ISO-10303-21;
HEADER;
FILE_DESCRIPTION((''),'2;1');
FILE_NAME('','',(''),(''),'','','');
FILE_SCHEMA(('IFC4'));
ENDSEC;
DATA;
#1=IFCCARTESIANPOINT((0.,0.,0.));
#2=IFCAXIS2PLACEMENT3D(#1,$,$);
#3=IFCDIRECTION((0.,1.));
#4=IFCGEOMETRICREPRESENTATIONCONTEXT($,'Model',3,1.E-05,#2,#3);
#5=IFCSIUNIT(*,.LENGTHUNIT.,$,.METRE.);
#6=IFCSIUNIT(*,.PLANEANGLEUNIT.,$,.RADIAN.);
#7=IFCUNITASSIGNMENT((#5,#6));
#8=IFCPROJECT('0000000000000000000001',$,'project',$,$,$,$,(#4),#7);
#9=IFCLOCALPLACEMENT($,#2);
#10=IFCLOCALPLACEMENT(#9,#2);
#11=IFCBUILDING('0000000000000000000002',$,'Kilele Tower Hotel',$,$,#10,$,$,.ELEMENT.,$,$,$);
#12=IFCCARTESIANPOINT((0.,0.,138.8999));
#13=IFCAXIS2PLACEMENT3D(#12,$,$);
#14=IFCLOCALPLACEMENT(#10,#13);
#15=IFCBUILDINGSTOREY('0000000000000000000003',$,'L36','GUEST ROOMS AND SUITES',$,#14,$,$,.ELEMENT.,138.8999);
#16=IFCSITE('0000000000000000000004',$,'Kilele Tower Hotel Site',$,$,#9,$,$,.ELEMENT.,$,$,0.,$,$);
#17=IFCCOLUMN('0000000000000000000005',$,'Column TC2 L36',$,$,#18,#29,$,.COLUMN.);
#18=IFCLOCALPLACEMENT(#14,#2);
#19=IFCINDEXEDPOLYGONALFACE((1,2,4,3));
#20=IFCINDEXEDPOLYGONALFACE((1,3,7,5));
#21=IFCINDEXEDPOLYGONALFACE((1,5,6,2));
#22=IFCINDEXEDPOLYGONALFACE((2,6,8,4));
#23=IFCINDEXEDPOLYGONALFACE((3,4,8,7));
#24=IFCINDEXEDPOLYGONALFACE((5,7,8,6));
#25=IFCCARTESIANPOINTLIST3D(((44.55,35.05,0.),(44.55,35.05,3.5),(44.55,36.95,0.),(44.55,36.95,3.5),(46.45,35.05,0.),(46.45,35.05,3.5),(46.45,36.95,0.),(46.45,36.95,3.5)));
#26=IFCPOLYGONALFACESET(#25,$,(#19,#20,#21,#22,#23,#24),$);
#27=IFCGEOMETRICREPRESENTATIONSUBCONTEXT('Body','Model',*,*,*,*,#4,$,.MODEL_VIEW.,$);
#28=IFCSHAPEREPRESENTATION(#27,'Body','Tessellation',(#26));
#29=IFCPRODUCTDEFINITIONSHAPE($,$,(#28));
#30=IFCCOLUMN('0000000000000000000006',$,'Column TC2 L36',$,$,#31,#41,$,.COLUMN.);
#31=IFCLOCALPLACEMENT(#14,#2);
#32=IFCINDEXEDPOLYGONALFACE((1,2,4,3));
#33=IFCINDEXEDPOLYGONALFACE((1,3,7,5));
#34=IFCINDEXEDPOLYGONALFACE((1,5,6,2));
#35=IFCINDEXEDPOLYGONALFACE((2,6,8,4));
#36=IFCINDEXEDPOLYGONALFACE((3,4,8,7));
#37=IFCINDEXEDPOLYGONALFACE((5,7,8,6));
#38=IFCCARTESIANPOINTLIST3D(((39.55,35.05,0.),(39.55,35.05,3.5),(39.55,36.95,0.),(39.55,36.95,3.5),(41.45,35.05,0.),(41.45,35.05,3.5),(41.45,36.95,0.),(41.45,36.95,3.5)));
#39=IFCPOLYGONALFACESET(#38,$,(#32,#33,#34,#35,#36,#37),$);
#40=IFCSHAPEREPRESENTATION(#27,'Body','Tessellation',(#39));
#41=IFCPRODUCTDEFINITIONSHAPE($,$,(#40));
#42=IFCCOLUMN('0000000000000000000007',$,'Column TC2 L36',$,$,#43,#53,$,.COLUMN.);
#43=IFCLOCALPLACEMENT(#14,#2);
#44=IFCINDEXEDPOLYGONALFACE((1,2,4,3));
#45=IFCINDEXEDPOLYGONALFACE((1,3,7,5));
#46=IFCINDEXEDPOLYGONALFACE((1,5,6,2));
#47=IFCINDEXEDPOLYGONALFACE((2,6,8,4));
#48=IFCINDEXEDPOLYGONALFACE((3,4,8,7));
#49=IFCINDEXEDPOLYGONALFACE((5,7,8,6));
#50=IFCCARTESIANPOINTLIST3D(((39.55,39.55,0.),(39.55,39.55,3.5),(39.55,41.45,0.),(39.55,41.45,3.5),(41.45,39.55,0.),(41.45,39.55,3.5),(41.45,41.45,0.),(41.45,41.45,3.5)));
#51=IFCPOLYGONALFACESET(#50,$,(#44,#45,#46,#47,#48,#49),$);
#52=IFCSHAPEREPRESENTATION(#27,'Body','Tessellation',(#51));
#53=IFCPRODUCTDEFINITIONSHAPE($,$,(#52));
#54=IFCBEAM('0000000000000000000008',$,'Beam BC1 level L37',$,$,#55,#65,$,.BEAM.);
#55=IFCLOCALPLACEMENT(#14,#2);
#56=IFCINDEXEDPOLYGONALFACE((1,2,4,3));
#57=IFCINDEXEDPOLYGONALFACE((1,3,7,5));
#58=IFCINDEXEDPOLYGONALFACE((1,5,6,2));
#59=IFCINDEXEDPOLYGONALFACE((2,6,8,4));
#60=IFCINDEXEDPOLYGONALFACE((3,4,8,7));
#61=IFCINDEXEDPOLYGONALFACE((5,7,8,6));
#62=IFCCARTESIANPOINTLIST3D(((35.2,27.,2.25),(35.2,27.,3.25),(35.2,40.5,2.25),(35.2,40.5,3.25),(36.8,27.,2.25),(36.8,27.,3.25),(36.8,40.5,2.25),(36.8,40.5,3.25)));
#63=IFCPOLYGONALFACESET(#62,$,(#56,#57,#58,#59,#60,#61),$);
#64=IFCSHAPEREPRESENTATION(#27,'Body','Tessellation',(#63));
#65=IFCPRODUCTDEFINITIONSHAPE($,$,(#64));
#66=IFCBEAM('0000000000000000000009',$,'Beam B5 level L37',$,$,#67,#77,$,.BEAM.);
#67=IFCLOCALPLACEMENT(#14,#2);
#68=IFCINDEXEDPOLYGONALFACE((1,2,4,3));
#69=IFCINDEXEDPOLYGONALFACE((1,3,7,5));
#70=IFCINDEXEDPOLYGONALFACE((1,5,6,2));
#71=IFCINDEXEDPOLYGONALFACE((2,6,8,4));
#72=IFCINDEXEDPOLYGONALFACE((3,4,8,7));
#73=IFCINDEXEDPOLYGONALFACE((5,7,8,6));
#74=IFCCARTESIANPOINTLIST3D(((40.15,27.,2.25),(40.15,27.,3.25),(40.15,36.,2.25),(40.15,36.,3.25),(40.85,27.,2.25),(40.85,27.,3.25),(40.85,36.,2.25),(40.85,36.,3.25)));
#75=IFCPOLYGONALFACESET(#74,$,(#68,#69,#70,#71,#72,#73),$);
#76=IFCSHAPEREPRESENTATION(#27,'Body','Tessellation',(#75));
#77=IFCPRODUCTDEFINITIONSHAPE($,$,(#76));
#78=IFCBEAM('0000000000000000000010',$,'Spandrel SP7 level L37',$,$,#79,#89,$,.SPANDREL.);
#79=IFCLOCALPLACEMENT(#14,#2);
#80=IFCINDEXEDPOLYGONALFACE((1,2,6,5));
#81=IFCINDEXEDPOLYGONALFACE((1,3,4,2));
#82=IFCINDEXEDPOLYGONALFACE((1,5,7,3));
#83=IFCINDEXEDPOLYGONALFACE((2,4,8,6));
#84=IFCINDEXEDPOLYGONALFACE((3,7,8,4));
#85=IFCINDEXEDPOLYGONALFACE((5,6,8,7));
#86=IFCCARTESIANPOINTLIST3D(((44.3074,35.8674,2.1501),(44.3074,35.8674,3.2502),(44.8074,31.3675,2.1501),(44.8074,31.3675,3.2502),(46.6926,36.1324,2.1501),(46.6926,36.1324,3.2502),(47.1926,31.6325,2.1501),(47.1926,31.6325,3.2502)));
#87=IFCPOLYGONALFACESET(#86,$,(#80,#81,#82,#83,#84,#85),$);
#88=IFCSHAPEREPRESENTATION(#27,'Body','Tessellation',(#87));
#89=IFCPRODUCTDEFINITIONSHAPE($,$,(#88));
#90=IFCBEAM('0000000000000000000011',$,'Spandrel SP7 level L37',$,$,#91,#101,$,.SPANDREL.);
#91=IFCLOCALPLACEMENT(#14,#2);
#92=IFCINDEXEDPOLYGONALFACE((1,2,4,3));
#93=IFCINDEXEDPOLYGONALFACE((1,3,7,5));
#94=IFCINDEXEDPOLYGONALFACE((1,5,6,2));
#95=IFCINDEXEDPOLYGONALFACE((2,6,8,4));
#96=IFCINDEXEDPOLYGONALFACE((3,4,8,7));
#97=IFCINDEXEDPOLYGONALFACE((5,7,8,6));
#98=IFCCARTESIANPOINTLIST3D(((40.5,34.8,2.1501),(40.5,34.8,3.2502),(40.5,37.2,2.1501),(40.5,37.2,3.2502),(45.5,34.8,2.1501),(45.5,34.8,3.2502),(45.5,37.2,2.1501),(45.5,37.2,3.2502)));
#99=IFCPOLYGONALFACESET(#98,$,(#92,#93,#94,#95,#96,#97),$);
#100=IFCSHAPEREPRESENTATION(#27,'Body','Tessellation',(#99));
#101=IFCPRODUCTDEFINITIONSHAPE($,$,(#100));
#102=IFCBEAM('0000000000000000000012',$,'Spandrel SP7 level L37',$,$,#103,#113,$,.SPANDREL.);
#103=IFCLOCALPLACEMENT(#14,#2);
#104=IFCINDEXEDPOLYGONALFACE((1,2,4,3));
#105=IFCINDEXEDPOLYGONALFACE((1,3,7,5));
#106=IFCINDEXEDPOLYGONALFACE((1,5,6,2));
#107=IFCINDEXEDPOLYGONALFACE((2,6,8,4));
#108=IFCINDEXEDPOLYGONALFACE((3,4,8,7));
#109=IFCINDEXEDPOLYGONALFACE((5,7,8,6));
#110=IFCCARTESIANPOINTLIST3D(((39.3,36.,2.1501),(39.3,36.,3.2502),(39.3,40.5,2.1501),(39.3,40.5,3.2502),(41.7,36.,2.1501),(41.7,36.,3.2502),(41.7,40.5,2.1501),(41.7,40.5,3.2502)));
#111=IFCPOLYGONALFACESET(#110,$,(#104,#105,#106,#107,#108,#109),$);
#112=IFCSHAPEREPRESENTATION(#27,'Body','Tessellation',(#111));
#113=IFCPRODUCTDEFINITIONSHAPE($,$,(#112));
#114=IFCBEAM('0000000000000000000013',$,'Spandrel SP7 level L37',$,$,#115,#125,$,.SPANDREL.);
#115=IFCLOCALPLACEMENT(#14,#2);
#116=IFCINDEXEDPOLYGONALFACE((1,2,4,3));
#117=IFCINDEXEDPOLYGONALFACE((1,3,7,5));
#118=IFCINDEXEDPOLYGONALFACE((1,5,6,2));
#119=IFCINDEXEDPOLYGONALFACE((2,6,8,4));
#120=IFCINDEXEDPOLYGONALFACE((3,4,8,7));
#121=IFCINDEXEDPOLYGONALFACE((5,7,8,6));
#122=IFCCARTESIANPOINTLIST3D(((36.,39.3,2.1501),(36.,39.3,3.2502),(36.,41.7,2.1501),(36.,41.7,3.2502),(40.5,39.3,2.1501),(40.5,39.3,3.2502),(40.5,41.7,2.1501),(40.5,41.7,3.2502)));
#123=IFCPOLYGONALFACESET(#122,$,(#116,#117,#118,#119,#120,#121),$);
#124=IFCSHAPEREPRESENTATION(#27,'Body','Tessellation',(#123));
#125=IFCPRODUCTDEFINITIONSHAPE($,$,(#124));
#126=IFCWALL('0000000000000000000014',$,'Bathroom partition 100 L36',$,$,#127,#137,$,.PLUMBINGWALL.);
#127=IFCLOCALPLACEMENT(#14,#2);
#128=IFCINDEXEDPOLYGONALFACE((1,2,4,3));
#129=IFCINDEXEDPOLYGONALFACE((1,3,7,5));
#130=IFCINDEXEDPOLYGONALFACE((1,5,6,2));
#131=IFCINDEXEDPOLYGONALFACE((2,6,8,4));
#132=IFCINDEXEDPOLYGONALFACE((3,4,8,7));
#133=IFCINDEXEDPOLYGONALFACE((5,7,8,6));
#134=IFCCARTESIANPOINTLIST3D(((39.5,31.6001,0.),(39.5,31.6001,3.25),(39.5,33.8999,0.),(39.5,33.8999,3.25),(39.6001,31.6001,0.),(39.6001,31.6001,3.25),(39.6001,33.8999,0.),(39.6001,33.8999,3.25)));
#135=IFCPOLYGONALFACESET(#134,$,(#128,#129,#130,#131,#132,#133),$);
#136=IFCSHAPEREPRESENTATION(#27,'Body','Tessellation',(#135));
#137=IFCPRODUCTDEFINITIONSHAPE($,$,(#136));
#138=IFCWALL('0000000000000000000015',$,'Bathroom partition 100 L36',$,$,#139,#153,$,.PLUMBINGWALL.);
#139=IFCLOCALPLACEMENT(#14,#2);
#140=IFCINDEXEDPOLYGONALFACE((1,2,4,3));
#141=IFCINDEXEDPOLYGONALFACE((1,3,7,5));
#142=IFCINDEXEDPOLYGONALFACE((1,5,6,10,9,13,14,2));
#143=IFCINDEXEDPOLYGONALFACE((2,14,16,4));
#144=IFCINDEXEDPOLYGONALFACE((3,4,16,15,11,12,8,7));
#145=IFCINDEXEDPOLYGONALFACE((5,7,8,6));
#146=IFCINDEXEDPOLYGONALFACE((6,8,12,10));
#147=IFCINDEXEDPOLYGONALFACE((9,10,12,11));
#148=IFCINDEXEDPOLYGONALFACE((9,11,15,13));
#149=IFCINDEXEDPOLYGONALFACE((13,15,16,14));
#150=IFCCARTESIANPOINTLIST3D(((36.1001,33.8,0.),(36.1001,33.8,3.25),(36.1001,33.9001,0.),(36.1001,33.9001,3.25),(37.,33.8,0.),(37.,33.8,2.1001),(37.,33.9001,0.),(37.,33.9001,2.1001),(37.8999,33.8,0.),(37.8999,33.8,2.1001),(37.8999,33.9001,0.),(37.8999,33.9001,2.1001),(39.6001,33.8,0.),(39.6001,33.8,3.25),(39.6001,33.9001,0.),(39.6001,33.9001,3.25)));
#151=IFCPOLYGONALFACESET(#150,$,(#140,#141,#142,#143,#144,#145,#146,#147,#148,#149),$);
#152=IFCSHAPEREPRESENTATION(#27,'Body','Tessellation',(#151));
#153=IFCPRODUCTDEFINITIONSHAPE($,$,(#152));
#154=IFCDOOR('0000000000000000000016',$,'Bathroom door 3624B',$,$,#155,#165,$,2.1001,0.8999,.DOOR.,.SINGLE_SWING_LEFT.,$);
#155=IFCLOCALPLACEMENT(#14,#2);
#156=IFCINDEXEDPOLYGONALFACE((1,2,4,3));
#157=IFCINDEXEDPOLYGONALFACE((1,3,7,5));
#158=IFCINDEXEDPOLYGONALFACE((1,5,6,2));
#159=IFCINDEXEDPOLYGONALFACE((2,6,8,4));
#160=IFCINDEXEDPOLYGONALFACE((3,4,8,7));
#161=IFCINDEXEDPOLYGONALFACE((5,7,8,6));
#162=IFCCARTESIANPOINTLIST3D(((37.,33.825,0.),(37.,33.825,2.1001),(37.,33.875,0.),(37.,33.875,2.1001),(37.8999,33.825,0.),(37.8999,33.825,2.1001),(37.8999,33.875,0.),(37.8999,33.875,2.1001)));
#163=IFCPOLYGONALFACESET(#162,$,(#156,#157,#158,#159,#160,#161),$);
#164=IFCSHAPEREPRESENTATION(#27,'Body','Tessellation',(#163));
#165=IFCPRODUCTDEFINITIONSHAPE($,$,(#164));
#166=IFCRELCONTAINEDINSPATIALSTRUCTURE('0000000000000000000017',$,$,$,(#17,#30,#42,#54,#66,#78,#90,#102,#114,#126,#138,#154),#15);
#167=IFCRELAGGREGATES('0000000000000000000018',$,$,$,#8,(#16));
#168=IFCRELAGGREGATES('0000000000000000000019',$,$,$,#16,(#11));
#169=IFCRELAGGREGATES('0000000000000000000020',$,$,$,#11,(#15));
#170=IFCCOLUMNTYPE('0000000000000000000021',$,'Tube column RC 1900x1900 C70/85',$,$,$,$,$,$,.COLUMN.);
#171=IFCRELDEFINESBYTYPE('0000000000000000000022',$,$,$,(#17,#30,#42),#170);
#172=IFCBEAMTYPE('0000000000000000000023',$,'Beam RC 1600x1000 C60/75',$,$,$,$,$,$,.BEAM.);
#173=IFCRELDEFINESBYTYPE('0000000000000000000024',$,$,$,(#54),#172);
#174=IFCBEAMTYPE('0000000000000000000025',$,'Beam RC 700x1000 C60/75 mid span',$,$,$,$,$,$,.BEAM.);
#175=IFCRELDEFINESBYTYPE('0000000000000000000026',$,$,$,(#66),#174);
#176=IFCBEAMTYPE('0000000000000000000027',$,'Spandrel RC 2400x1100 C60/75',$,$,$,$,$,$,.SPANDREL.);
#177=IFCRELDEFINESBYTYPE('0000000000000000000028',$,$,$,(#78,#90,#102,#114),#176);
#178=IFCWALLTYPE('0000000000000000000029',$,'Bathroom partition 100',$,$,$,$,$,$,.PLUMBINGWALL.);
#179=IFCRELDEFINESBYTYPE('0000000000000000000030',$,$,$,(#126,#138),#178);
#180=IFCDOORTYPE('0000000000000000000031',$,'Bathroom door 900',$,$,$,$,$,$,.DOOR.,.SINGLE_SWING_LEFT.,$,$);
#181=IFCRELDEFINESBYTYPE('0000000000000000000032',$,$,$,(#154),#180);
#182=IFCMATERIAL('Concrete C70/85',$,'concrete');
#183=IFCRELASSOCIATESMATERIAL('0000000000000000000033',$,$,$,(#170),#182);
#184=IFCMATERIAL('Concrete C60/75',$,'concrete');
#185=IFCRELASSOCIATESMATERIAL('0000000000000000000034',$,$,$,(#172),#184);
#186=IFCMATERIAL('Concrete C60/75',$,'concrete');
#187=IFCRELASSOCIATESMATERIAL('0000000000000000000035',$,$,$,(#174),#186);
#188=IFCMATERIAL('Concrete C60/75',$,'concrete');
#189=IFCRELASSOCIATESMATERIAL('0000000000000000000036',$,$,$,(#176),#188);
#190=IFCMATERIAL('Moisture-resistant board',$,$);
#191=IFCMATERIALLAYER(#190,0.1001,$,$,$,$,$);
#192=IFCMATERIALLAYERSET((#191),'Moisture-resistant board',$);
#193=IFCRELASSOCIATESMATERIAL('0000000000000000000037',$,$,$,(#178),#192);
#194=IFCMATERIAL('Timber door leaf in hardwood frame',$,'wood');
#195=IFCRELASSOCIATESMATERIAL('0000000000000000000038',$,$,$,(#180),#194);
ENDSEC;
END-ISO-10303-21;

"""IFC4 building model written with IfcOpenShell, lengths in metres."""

from ifc_helpers import new_model, si_unit, direction, frame, frame_2d, origin, origin_2d, place, context, subcontext, project, spatial, rectangle, extrude, material, layer, layer_set, material_profile, profile_set, type_object, element, fill, save


model = new_model("IFC4")

# Units and contexts
model_context = context("Model", 3, precision=1e-05, world=origin(), true_north=direction((0.0, 1.0)))
body_context = subcontext(model_context, "Body", "Model", "MODEL_VIEW")
ifc_project = project(units=[si_unit("LENGTHUNIT", "METRE"), si_unit("PLANEANGLEUNIT", "RADIAN")], contexts=[model_context])

# Site, building, storey
site_placement = place(None, origin())
site = spatial("IfcSite", under=ifc_project, at=site_placement, Name="Kilele Tower Hotel Site", CompositionType="ELEMENT", RefElevation=0.0)
building_placement = place(site_placement, origin())
building = spatial("IfcBuilding", under=site, at=building_placement, Name="Kilele Tower Hotel", CompositionType="ELEMENT")
storey_placement = place(building_placement, frame((0.0, 0.0, 138.8999)))
storey = spatial("IfcBuildingStorey", under=building, at=storey_placement, Name="L36", Description="GUEST ROOMS AND SUITES", CompositionType="ELEMENT", Elevation=138.8999)

# Columns
ifc_material_1 = material(Name="Concrete C70/85", Category="concrete")
ifc_material_profile_1 = material_profile(ifc_material_1, rectangle(XDim=1.8999, YDim=1.8999, at=origin_2d()))
ifc_profile_set_1 = profile_set([ifc_material_profile_1], Name="Concrete C70/85")
column_type = type_object("IfcColumnType", Name="Tube column RC 1900x1900 C70/85", PredefinedType="COLUMN", material=ifc_profile_set_1)
for number, where, z_axis, x_axis, name in (
    (1, (45.5, 36.0, 0.0), (0.0, 0.0, 1.0), (1.0, 0.0, 0.0), "Column TC2 L36"),
    (2, (40.5, 36.0, 0.0), (0.0, 0.0, 1.0), (1.0, 0.0, 0.0), "Column TC2 L36"),
    (3, (40.5, 40.5, 0.0), (0.0, 0.0, 1.0), (1.0, 0.0, 0.0), "Column TC2 L36"),
):
    element("IfcColumn", number, at=place(storey_placement, frame(where, z_axis=z_axis, x_axis=x_axis)), inside=storey, type_object=column_type, Name=name, PredefinedType="COLUMN", context=body_context, shape_type="SweptSolid", body=[
        extrude(rectangle(XDim=1.8999, YDim=1.8999, at=origin_2d()), origin(), (0.0, 0.0, 1.0), 3.5),
    ])

# Beams
ifc_material_2 = material(Name="Concrete C60/75", Category="concrete")
ifc_material_profile_2 = material_profile(ifc_material_2, rectangle(XDim=1.6001, YDim=1.0, at=origin_2d()))
ifc_profile_set_2 = profile_set([ifc_material_profile_2], Name="Concrete C60/75")
beam_type_1 = type_object("IfcBeamType", Name="Beam RC 1600x1000 C60/75", PredefinedType="BEAM", material=ifc_profile_set_2)
beam_1_placement = place(storey_placement, frame((36.0, 40.5, 2.75), z_axis=(0.0, -1.0, 0.0), x_axis=(1.0, 0.0, 0.0)))
element("IfcBeam", 4, at=beam_1_placement, inside=storey, type_object=beam_type_1, Name="Beam BC1 level L37", PredefinedType="BEAM", context=body_context, shape_type="SweptSolid", body=[
    extrude(rectangle(XDim=1.6001, YDim=1.0, at=origin_2d()), origin(), (0.0, 0.0, 1.0), 13.5),
])
ifc_material_3 = material(Name="Concrete C60/75", Category="concrete")
ifc_material_profile_3 = material_profile(ifc_material_3, rectangle(XDim=0.7, YDim=1.0, at=origin_2d()))
ifc_profile_set_3 = profile_set([ifc_material_profile_3], Name="Concrete C60/75")
beam_type_2 = type_object("IfcBeamType", Name="Beam RC 700x1000 C60/75 mid span", PredefinedType="BEAM", material=ifc_profile_set_3)
beam_2_placement = place(storey_placement, frame((40.5, 36.0, 2.75), z_axis=(0.0, -1.0, 0.0), x_axis=(1.0, 0.0, 0.0)))
element("IfcBeam", 5, at=beam_2_placement, inside=storey, type_object=beam_type_2, Name="Beam B5 level L37", PredefinedType="BEAM", context=body_context, shape_type="SweptSolid", body=[
    extrude(rectangle(XDim=0.7, YDim=1.0, at=origin_2d()), origin(), (0.0, 0.0, 1.0), 9.0),
])
ifc_material_4 = material(Name="Concrete C60/75", Category="concrete")
ifc_material_profile_4 = material_profile(ifc_material_4, rectangle(XDim=2.3999, YDim=1.1001, at=origin_2d()))
ifc_profile_set_4 = profile_set([ifc_material_profile_4], Name="Concrete C60/75")
beam_type_3 = type_object("IfcBeamType", Name="Spandrel RC 2400x1100 C60/75", PredefinedType="SPANDREL", material=ifc_profile_set_4)
beam_3_placement = place(storey_placement, frame((46.0, 31.5, 2.7002), z_axis=(-0.110432, 0.993884, 0.0), x_axis=(-0.993884, -0.110432, 0.0)))
element("IfcBeam", 6, at=beam_3_placement, inside=storey, type_object=beam_type_3, Name="Spandrel SP7 level L37", PredefinedType="SPANDREL", context=body_context, shape_type="SweptSolid", body=[
    extrude(rectangle(XDim=2.3999, YDim=1.1001, at=origin_2d()), origin(), (0.0, 0.0, 1.0), 4.5276),
])
beam_4_placement = place(storey_placement, frame((45.5, 36.0, 2.7002), z_axis=(-1.0, 0.0, 0.0), x_axis=(0.0, -1.0, 0.0)))
element("IfcBeam", 7, at=beam_4_placement, inside=storey, type_object=beam_type_3, Name="Spandrel SP7 level L37", PredefinedType="SPANDREL", context=body_context, shape_type="SweptSolid", body=[
    extrude(rectangle(XDim=2.3999, YDim=1.1001, at=origin_2d()), origin(), (0.0, 0.0, 1.0), 5.0),
])
for number, where, z_axis, x_axis, name in (
    (8, (40.5, 36.0, 2.7002), (0.0, 1.0, 0.0), (-1.0, 0.0, 0.0), "Spandrel SP7 level L37"),
    (9, (40.5, 40.5, 2.7002), (-1.0, 0.0, 0.0), (0.0, -1.0, 0.0), "Spandrel SP7 level L37"),
):
    element("IfcBeam", number, at=place(storey_placement, frame(where, z_axis=z_axis, x_axis=x_axis)), inside=storey, type_object=beam_type_3, Name=name, PredefinedType="SPANDREL", context=body_context, shape_type="SweptSolid", body=[
        extrude(rectangle(XDim=2.3999, YDim=1.1001, at=origin_2d()), origin(), (0.0, 0.0, 1.0), 4.5),
    ])

# Wall
ifc_material_5 = material(Name="Moisture-resistant board")
ifc_layer_1 = layer(ifc_material_5, 0.1001)
ifc_layer_set_1 = layer_set([ifc_layer_1], Name="Moisture-resistant board")
wall_type_1 = type_object("IfcWallType", Name="Bathroom partition 100", PredefinedType="PLUMBINGWALL", material=ifc_layer_set_1)
wall_1_placement = place(storey_placement, frame((39.55, 31.6001, 0.0), z_axis=(0.0, 0.0, 1.0), x_axis=(0.0, 1.0, 0.0)))
element("IfcWall", 10, at=wall_1_placement, inside=storey, type_object=wall_type_1, Name="Bathroom partition 100 L36", PredefinedType="PLUMBINGWALL", context=body_context, shape_type="SweptSolid", body=[
    extrude(rectangle(XDim=2.2998, YDim=0.1001, at=frame_2d((1.1499, 0.0))), origin(), (0.0, 0.0, 1.0), 3.25),
])

# Wall, opening, door
wall_2_placement = place(storey_placement, frame((36.1001, 33.8501, 0.0), z_axis=(0.0, 0.0, 1.0), x_axis=(1.0, 0.0, 0.0)))
wall_2 = element("IfcWall", 11, at=wall_2_placement, inside=storey, type_object=wall_type_1, Name="Bathroom partition 100 L36", PredefinedType="PLUMBINGWALL", context=body_context, shape_type="SweptSolid", body=[
    extrude(rectangle(XDim=3.5, YDim=0.1001, at=frame_2d((1.75, 0.0))), origin(), (0.0, 0.0, 1.0), 3.25),
])
opening_1_placement = place(wall_2_placement, frame((0.8999, 0.0, 0.0)))
opening_1 = element("IfcOpeningElement", 12, at=opening_1_placement, cuts=wall_2, PredefinedType="OPENING", context=body_context, shape_type="SweptSolid", body=[
    extrude(rectangle(XDim=0.8999, YDim=2.1001, at=frame_2d((0.45, 1.05))), frame((0.0, 0.0601, 0.0), z_axis=(0.0, -1.0, 0.0), x_axis=(1.0, 0.0, 0.0)), (0.0, 0.0, 1.0), 0.1201),
])
ifc_material_6 = material(Name="Timber door leaf in hardwood frame", Category="wood")
door_type_1 = type_object("IfcDoorType", Name="Bathroom door 900", OperationType="SINGLE_SWING_LEFT", PredefinedType="DOOR", material=ifc_material_6)
door_1_placement = place(opening_1_placement, origin())
door_1 = element("IfcDoor", 13, at=door_1_placement, inside=storey, type_object=door_type_1, Name="Bathroom door 3624B", OperationType="SINGLE_SWING_LEFT", OverallHeight=2.1001, OverallWidth=0.8999, PredefinedType="DOOR", context=body_context, shape_type="SweptSolid", body=[
    extrude(rectangle(XDim=0.8999, YDim=2.1001, at=frame_2d((0.45, 1.05))), frame((0.0, 0.0249, 0.0), z_axis=(0.0, -1.0, 0.0), x_axis=(1.0, 0.0, 0.0)), (0.0, 0.0, 1.0), 0.05),
])
fill(opening_1, door_1)

save(model, "model.ifc")
